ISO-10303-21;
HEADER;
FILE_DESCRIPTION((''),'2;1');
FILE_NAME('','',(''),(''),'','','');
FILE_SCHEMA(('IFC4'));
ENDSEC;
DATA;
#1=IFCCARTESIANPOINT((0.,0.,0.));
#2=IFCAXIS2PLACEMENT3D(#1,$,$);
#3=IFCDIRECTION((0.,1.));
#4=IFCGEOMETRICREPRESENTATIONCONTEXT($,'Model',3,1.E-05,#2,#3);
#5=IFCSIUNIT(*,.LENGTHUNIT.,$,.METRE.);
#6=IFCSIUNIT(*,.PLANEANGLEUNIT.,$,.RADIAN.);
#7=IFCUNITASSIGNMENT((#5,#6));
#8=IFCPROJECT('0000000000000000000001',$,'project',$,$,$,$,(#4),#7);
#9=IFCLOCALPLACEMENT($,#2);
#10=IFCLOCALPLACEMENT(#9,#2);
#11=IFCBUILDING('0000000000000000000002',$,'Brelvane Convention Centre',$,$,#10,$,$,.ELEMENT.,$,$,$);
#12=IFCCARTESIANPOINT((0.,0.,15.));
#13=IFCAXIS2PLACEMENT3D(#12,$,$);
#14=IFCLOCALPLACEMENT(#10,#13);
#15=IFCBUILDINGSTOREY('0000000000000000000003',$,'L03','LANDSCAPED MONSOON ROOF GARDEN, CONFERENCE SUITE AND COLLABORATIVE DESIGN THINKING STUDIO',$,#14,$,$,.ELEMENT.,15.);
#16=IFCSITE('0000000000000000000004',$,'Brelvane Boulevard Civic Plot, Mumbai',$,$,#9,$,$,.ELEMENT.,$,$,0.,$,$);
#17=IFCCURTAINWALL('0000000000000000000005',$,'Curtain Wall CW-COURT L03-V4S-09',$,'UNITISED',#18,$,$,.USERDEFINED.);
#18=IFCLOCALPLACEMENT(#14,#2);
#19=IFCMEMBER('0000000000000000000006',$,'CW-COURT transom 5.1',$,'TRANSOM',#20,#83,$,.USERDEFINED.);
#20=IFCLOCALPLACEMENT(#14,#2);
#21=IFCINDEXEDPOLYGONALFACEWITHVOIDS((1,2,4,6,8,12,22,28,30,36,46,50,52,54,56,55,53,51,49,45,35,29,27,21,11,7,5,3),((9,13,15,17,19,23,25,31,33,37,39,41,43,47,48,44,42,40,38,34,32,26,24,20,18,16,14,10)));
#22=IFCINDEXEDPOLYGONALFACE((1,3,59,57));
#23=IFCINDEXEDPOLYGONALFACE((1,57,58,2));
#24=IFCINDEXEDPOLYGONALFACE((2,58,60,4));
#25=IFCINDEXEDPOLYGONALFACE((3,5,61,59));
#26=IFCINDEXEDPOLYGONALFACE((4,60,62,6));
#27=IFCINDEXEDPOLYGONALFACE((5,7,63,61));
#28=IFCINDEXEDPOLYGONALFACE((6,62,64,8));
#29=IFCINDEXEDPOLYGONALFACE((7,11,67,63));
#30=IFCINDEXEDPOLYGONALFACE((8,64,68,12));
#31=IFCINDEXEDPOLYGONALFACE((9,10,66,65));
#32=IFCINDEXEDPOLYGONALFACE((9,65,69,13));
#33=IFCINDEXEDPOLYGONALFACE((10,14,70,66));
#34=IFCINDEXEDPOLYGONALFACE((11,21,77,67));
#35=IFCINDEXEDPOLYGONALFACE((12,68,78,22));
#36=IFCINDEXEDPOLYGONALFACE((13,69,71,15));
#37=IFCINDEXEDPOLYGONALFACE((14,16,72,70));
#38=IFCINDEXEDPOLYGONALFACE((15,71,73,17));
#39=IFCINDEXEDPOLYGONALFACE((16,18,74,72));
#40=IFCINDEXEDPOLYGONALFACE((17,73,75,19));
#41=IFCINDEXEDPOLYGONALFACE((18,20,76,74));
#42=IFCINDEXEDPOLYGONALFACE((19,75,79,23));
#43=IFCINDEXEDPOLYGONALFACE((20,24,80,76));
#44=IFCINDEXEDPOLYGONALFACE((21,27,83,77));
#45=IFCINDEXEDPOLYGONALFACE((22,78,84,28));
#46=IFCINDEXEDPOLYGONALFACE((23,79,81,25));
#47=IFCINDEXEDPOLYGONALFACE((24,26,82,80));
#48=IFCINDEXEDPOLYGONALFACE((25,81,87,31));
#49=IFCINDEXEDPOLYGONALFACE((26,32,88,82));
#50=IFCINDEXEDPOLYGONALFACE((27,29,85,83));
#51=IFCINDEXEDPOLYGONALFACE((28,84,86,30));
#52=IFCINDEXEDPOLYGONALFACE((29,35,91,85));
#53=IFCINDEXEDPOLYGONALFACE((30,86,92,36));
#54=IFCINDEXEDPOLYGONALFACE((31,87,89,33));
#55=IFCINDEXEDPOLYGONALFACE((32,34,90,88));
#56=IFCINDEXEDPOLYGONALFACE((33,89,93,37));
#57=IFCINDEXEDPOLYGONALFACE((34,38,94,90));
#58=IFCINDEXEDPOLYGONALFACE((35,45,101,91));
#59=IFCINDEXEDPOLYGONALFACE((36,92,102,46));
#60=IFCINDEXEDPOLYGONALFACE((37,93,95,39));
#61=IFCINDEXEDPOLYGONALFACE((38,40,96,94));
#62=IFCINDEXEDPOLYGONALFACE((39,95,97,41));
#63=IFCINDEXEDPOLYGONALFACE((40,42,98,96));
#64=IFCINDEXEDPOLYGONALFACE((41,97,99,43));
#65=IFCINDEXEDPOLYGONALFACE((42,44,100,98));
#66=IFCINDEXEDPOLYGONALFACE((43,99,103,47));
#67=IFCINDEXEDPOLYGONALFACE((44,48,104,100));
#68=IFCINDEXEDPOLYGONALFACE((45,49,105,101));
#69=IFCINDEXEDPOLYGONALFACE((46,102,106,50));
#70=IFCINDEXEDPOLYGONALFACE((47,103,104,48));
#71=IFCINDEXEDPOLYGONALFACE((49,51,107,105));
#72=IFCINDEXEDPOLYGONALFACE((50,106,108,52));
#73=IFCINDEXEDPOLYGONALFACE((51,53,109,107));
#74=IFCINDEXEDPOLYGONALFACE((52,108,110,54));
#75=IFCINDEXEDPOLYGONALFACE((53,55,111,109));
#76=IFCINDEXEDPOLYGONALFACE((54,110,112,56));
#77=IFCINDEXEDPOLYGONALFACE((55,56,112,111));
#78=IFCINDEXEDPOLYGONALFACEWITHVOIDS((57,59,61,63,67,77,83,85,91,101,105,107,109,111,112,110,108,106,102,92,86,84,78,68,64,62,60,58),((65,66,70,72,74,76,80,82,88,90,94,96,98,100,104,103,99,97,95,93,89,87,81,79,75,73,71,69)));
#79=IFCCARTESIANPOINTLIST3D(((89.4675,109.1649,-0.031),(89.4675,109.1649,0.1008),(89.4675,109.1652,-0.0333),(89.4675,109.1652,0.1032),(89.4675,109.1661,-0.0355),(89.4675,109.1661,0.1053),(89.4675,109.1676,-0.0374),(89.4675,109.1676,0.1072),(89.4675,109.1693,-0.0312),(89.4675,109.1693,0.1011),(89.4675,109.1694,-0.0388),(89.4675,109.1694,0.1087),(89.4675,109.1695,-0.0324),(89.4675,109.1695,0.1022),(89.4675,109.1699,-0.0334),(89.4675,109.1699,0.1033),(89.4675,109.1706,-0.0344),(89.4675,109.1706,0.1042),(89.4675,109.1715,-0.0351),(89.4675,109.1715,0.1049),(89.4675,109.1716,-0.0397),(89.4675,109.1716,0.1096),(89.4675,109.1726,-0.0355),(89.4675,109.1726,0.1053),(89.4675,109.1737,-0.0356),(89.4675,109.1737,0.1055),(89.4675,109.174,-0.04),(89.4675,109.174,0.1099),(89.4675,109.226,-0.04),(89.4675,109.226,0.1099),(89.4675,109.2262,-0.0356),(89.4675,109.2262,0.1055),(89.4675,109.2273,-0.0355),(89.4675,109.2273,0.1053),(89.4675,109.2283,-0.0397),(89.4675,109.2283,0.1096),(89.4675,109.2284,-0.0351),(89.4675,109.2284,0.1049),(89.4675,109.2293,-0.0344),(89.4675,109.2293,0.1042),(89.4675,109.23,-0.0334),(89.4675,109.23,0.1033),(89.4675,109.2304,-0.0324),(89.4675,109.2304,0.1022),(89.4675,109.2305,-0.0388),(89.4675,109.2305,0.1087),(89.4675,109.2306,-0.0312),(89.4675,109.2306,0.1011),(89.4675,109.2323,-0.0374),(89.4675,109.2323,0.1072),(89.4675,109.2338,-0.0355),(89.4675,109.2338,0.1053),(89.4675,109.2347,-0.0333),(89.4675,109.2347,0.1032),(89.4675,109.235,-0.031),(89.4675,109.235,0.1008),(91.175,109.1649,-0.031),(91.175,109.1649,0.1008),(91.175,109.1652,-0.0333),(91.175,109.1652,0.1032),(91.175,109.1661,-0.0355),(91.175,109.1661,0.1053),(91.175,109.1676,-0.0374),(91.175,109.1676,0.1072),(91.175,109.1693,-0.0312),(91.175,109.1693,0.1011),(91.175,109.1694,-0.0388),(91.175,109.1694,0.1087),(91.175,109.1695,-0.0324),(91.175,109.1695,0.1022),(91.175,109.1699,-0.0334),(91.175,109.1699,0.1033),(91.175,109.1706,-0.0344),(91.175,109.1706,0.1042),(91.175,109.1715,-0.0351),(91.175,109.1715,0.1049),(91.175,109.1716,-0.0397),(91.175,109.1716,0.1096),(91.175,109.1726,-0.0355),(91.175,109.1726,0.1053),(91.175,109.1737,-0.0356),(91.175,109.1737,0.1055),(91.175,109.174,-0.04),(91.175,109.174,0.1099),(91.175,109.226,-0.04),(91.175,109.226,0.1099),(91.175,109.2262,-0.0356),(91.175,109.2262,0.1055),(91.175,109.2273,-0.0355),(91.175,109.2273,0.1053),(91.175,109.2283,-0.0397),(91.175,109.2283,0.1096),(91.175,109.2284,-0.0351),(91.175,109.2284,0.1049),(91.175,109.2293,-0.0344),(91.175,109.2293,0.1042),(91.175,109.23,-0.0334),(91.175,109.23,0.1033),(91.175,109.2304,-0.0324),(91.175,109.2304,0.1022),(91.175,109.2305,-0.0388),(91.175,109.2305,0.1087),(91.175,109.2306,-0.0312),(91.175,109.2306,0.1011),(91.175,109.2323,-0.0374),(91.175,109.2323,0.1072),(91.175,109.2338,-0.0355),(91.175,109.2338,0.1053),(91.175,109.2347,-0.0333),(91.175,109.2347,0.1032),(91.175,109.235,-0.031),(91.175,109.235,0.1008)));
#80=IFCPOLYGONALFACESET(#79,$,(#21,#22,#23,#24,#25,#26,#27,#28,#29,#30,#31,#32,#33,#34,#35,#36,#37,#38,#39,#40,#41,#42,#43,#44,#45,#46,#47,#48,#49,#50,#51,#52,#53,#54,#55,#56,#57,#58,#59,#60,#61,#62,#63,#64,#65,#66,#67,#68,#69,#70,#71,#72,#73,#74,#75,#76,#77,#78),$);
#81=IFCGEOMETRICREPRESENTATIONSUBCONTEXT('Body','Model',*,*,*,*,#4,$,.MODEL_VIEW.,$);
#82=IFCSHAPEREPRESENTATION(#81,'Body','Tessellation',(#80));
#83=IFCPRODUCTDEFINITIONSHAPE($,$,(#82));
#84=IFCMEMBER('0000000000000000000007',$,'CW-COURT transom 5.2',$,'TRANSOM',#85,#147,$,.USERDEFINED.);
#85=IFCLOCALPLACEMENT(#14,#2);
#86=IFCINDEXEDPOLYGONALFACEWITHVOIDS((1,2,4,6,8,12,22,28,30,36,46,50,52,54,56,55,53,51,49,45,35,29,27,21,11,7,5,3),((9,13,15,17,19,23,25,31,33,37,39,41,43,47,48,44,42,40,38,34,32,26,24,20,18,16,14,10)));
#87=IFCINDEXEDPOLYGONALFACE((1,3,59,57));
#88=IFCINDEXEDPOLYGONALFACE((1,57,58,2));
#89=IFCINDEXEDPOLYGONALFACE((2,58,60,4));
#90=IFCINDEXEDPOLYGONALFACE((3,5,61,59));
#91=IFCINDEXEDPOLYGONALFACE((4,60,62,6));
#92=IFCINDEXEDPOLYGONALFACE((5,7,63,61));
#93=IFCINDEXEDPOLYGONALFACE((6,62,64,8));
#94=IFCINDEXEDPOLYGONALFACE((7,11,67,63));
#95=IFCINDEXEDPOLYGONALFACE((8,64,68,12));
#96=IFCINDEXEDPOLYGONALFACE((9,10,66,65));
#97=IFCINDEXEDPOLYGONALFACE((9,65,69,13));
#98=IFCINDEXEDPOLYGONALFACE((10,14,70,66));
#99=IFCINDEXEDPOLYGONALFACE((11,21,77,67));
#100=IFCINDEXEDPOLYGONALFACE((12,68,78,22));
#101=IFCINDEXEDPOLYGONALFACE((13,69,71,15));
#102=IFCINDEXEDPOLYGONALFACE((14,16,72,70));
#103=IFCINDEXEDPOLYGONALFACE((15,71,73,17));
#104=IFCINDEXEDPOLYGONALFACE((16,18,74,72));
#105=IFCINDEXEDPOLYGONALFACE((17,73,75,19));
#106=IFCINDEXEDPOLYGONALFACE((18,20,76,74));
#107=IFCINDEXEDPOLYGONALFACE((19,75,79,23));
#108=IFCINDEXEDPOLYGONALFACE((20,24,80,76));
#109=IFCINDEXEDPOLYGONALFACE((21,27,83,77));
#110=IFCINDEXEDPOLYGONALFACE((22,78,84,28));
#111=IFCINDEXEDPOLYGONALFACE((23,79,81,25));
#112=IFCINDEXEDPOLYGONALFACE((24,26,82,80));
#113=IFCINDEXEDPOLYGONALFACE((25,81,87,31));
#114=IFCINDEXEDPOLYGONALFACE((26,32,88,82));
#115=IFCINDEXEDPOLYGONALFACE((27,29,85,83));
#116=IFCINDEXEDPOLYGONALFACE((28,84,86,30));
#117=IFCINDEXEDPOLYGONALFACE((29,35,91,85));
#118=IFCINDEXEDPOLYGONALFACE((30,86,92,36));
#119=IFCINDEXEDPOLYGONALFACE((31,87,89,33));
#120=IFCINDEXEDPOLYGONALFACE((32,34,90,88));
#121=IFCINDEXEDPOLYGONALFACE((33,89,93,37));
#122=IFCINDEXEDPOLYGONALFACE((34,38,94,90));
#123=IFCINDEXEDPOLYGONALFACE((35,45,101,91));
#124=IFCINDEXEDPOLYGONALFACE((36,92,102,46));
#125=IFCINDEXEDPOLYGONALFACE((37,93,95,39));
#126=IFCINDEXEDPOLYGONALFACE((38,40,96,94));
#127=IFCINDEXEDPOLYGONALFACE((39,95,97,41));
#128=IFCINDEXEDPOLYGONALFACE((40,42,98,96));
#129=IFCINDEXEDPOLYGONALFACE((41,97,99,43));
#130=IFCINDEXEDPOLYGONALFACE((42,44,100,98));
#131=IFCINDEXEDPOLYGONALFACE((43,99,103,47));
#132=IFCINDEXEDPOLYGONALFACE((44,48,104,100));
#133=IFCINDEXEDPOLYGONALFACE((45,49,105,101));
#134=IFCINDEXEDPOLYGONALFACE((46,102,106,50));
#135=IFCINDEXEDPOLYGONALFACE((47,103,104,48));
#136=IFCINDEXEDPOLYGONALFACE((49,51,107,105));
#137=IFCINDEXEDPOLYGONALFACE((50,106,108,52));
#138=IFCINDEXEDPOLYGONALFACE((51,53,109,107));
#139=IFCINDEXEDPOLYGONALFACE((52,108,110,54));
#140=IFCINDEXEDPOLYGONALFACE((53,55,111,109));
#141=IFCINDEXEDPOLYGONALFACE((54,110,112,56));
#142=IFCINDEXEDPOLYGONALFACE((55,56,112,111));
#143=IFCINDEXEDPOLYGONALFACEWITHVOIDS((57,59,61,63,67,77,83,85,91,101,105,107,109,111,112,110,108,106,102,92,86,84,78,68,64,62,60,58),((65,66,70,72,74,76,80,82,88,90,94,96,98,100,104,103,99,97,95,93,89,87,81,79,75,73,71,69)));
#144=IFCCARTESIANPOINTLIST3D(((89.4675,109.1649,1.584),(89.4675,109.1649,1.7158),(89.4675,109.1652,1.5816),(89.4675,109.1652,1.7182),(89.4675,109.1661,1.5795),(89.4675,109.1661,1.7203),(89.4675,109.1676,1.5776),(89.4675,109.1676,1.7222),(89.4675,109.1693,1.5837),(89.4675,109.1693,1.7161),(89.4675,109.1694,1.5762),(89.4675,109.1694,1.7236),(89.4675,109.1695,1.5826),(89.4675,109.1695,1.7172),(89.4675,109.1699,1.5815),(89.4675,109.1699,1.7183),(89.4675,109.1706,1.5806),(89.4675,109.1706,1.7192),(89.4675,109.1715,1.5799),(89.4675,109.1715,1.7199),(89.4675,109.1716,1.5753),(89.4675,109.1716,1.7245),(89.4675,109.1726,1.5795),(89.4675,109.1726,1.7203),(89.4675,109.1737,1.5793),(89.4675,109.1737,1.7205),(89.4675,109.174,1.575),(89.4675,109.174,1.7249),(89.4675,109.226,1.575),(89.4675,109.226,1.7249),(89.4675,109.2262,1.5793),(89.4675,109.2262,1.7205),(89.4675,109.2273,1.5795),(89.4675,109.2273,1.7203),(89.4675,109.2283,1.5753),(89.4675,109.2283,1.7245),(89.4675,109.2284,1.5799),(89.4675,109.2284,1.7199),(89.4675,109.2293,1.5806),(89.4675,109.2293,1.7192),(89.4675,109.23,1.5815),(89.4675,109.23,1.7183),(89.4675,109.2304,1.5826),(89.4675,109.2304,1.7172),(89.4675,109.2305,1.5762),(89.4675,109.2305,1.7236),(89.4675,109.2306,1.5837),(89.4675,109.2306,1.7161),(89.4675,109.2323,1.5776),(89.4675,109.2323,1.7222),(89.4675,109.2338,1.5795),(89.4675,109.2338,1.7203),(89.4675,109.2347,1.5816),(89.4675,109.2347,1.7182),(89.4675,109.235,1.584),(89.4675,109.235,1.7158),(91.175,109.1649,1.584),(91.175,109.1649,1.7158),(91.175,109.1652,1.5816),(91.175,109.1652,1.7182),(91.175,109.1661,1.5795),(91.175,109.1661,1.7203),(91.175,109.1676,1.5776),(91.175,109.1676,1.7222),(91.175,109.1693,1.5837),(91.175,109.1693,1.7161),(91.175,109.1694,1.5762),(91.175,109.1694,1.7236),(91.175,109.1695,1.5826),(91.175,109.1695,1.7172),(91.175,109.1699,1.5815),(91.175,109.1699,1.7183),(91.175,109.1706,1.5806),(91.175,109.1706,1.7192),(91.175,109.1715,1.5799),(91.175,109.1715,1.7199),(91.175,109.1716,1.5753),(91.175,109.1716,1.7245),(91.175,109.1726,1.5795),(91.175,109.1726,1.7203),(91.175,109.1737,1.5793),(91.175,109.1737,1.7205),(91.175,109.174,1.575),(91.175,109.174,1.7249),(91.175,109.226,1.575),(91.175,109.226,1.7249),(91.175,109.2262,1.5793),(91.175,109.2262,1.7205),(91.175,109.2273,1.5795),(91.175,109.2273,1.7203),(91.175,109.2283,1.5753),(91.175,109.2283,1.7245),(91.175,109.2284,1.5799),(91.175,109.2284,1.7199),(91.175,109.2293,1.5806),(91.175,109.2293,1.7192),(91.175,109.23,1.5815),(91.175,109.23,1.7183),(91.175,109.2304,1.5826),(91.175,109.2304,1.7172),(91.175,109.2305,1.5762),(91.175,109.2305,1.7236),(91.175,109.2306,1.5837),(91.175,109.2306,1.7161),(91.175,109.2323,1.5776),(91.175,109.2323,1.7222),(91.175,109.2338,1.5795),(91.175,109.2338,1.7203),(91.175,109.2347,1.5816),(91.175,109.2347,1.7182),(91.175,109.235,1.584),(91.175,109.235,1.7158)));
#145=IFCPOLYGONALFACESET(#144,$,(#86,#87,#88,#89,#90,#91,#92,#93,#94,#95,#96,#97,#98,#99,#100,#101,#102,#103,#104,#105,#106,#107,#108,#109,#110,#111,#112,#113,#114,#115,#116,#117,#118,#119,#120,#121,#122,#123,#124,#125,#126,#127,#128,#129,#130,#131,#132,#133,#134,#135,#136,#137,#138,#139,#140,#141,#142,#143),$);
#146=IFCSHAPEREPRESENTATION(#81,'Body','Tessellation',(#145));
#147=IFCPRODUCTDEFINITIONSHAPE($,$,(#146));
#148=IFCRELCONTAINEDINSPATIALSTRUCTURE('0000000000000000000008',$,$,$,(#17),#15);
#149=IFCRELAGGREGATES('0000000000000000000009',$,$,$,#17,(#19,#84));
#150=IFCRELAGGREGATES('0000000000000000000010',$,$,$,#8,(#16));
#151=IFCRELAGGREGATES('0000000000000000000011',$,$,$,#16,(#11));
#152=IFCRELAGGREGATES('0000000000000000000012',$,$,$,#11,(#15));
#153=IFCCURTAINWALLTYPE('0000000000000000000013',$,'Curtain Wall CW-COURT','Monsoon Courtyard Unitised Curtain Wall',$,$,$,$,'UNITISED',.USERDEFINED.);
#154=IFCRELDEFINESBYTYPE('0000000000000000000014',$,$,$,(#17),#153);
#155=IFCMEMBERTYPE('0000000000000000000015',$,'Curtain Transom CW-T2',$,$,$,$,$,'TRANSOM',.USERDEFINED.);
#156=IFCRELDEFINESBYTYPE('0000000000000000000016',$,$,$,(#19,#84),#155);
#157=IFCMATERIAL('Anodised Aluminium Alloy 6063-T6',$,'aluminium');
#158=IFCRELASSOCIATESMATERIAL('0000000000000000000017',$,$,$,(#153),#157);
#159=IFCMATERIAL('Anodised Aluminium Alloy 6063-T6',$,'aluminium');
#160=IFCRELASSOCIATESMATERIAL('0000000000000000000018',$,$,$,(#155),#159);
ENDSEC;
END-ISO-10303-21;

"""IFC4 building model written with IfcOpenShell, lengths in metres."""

from ifc_helpers import new_model, si_unit, direction, frame, origin, origin_2d, place, context, subcontext, project, spatial, hollow_rectangle, extrude, material, material_profile, profile_set, type_object, element, aggregate, save


model = new_model("IFC4")

# Units and contexts
model_context = context("Model", 3, precision=1e-05, world=origin(), true_north=direction((0.0, 1.0)))
body_context = subcontext(model_context, "Body", "Model", "MODEL_VIEW")
ifc_project = project(units=[si_unit("LENGTHUNIT", "METRE"), si_unit("PLANEANGLEUNIT", "RADIAN")], contexts=[model_context])

# Site, building, storey
site_placement = place(None, origin())
site = spatial("IfcSite", under=ifc_project, at=site_placement, Name="Brelvane Boulevard Civic Plot, Mumbai", CompositionType="ELEMENT", RefElevation=0.0)
building_placement = place(site_placement, origin())
building = spatial("IfcBuilding", under=site, at=building_placement, Name="Brelvane Convention Centre", CompositionType="ELEMENT")
storey_placement = place(building_placement, frame((0.0, 0.0, 15.0)))
storey = spatial("IfcBuildingStorey", under=building, at=storey_placement, Name="L03", Description="LANDSCAPED MONSOON ROOF GARDEN, CONFERENCE SUITE AND COLLABORATIVE DESIGN THINKING STUDIO", CompositionType="ELEMENT", Elevation=15.0)

# Curtain wall, members
ifc_material_1 = material(Name="Anodised Aluminium Alloy 6063-T6", Category="aluminium")
curtain_wall_type = type_object("IfcCurtainWallType", Name="Curtain Wall CW-COURT", Description="Monsoon Courtyard Unitised Curtain Wall", ElementType="UNITISED", PredefinedType="USERDEFINED", material=ifc_material_1)
curtain_wall_placement = place(storey_placement, origin())
curtain_wall = element("IfcCurtainWall", 1, at=curtain_wall_placement, inside=storey, type_object=curtain_wall_type, Name="Curtain Wall CW-COURT L03-V4S-09", ObjectType="UNITISED", PredefinedType="USERDEFINED")
ifc_material_2 = material(Name="Anodised Aluminium Alloy 6063-T6", Category="aluminium")
ifc_material_profile_1 = material_profile(ifc_material_2, hollow_rectangle(XDim=0.0701, YDim=0.1499, WallThickness=0.0044, InnerFilletRadius=0.0044, OuterFilletRadius=0.009, at=origin_2d()), Name="ALU-T 150x70x4.5")
ifc_profile_set_1 = profile_set([ifc_material_profile_1], Name="Anodised Aluminium Alloy 6063-T6")
member_type_1 = type_object("IfcMemberType", Name="Curtain Transom CW-T2", ElementType="TRANSOM", PredefinedType="USERDEFINED", material=ifc_profile_set_1)
member_1_placement = place(storey_placement, frame((89.4675, 109.2, 0.0349), z_axis=(1.0, 0.0, 0.0), x_axis=(0.0, 1.0, 0.0)))
member_1 = element("IfcMember", 2, at=member_1_placement, type_object=member_type_1, Name="CW-COURT transom 5.1", ObjectType="TRANSOM", PredefinedType="USERDEFINED", context=body_context, shape_type="SweptSolid", body=[
    extrude(hollow_rectangle(XDim=0.0701, YDim=0.1499, WallThickness=0.0044, InnerFilletRadius=0.0044, OuterFilletRadius=0.009, at=origin_2d()), origin(), (0.0, 0.0, 1.0), 1.7075),
])
member_2_placement = place(storey_placement, frame((89.4675, 109.2, 1.6499), z_axis=(1.0, 0.0, 0.0), x_axis=(0.0, 1.0, 0.0)))
member_2 = element("IfcMember", 3, at=member_2_placement, type_object=member_type_1, Name="CW-COURT transom 5.2", ObjectType="TRANSOM", PredefinedType="USERDEFINED", context=body_context, shape_type="SweptSolid", body=[
    extrude(hollow_rectangle(XDim=0.0701, YDim=0.1499, WallThickness=0.0044, InnerFilletRadius=0.0044, OuterFilletRadius=0.009, at=origin_2d()), origin(), (0.0, 0.0, 1.0), 1.7075),
])

aggregate(curtain_wall, [member_1, member_2])

save(model, "model.ifc")
